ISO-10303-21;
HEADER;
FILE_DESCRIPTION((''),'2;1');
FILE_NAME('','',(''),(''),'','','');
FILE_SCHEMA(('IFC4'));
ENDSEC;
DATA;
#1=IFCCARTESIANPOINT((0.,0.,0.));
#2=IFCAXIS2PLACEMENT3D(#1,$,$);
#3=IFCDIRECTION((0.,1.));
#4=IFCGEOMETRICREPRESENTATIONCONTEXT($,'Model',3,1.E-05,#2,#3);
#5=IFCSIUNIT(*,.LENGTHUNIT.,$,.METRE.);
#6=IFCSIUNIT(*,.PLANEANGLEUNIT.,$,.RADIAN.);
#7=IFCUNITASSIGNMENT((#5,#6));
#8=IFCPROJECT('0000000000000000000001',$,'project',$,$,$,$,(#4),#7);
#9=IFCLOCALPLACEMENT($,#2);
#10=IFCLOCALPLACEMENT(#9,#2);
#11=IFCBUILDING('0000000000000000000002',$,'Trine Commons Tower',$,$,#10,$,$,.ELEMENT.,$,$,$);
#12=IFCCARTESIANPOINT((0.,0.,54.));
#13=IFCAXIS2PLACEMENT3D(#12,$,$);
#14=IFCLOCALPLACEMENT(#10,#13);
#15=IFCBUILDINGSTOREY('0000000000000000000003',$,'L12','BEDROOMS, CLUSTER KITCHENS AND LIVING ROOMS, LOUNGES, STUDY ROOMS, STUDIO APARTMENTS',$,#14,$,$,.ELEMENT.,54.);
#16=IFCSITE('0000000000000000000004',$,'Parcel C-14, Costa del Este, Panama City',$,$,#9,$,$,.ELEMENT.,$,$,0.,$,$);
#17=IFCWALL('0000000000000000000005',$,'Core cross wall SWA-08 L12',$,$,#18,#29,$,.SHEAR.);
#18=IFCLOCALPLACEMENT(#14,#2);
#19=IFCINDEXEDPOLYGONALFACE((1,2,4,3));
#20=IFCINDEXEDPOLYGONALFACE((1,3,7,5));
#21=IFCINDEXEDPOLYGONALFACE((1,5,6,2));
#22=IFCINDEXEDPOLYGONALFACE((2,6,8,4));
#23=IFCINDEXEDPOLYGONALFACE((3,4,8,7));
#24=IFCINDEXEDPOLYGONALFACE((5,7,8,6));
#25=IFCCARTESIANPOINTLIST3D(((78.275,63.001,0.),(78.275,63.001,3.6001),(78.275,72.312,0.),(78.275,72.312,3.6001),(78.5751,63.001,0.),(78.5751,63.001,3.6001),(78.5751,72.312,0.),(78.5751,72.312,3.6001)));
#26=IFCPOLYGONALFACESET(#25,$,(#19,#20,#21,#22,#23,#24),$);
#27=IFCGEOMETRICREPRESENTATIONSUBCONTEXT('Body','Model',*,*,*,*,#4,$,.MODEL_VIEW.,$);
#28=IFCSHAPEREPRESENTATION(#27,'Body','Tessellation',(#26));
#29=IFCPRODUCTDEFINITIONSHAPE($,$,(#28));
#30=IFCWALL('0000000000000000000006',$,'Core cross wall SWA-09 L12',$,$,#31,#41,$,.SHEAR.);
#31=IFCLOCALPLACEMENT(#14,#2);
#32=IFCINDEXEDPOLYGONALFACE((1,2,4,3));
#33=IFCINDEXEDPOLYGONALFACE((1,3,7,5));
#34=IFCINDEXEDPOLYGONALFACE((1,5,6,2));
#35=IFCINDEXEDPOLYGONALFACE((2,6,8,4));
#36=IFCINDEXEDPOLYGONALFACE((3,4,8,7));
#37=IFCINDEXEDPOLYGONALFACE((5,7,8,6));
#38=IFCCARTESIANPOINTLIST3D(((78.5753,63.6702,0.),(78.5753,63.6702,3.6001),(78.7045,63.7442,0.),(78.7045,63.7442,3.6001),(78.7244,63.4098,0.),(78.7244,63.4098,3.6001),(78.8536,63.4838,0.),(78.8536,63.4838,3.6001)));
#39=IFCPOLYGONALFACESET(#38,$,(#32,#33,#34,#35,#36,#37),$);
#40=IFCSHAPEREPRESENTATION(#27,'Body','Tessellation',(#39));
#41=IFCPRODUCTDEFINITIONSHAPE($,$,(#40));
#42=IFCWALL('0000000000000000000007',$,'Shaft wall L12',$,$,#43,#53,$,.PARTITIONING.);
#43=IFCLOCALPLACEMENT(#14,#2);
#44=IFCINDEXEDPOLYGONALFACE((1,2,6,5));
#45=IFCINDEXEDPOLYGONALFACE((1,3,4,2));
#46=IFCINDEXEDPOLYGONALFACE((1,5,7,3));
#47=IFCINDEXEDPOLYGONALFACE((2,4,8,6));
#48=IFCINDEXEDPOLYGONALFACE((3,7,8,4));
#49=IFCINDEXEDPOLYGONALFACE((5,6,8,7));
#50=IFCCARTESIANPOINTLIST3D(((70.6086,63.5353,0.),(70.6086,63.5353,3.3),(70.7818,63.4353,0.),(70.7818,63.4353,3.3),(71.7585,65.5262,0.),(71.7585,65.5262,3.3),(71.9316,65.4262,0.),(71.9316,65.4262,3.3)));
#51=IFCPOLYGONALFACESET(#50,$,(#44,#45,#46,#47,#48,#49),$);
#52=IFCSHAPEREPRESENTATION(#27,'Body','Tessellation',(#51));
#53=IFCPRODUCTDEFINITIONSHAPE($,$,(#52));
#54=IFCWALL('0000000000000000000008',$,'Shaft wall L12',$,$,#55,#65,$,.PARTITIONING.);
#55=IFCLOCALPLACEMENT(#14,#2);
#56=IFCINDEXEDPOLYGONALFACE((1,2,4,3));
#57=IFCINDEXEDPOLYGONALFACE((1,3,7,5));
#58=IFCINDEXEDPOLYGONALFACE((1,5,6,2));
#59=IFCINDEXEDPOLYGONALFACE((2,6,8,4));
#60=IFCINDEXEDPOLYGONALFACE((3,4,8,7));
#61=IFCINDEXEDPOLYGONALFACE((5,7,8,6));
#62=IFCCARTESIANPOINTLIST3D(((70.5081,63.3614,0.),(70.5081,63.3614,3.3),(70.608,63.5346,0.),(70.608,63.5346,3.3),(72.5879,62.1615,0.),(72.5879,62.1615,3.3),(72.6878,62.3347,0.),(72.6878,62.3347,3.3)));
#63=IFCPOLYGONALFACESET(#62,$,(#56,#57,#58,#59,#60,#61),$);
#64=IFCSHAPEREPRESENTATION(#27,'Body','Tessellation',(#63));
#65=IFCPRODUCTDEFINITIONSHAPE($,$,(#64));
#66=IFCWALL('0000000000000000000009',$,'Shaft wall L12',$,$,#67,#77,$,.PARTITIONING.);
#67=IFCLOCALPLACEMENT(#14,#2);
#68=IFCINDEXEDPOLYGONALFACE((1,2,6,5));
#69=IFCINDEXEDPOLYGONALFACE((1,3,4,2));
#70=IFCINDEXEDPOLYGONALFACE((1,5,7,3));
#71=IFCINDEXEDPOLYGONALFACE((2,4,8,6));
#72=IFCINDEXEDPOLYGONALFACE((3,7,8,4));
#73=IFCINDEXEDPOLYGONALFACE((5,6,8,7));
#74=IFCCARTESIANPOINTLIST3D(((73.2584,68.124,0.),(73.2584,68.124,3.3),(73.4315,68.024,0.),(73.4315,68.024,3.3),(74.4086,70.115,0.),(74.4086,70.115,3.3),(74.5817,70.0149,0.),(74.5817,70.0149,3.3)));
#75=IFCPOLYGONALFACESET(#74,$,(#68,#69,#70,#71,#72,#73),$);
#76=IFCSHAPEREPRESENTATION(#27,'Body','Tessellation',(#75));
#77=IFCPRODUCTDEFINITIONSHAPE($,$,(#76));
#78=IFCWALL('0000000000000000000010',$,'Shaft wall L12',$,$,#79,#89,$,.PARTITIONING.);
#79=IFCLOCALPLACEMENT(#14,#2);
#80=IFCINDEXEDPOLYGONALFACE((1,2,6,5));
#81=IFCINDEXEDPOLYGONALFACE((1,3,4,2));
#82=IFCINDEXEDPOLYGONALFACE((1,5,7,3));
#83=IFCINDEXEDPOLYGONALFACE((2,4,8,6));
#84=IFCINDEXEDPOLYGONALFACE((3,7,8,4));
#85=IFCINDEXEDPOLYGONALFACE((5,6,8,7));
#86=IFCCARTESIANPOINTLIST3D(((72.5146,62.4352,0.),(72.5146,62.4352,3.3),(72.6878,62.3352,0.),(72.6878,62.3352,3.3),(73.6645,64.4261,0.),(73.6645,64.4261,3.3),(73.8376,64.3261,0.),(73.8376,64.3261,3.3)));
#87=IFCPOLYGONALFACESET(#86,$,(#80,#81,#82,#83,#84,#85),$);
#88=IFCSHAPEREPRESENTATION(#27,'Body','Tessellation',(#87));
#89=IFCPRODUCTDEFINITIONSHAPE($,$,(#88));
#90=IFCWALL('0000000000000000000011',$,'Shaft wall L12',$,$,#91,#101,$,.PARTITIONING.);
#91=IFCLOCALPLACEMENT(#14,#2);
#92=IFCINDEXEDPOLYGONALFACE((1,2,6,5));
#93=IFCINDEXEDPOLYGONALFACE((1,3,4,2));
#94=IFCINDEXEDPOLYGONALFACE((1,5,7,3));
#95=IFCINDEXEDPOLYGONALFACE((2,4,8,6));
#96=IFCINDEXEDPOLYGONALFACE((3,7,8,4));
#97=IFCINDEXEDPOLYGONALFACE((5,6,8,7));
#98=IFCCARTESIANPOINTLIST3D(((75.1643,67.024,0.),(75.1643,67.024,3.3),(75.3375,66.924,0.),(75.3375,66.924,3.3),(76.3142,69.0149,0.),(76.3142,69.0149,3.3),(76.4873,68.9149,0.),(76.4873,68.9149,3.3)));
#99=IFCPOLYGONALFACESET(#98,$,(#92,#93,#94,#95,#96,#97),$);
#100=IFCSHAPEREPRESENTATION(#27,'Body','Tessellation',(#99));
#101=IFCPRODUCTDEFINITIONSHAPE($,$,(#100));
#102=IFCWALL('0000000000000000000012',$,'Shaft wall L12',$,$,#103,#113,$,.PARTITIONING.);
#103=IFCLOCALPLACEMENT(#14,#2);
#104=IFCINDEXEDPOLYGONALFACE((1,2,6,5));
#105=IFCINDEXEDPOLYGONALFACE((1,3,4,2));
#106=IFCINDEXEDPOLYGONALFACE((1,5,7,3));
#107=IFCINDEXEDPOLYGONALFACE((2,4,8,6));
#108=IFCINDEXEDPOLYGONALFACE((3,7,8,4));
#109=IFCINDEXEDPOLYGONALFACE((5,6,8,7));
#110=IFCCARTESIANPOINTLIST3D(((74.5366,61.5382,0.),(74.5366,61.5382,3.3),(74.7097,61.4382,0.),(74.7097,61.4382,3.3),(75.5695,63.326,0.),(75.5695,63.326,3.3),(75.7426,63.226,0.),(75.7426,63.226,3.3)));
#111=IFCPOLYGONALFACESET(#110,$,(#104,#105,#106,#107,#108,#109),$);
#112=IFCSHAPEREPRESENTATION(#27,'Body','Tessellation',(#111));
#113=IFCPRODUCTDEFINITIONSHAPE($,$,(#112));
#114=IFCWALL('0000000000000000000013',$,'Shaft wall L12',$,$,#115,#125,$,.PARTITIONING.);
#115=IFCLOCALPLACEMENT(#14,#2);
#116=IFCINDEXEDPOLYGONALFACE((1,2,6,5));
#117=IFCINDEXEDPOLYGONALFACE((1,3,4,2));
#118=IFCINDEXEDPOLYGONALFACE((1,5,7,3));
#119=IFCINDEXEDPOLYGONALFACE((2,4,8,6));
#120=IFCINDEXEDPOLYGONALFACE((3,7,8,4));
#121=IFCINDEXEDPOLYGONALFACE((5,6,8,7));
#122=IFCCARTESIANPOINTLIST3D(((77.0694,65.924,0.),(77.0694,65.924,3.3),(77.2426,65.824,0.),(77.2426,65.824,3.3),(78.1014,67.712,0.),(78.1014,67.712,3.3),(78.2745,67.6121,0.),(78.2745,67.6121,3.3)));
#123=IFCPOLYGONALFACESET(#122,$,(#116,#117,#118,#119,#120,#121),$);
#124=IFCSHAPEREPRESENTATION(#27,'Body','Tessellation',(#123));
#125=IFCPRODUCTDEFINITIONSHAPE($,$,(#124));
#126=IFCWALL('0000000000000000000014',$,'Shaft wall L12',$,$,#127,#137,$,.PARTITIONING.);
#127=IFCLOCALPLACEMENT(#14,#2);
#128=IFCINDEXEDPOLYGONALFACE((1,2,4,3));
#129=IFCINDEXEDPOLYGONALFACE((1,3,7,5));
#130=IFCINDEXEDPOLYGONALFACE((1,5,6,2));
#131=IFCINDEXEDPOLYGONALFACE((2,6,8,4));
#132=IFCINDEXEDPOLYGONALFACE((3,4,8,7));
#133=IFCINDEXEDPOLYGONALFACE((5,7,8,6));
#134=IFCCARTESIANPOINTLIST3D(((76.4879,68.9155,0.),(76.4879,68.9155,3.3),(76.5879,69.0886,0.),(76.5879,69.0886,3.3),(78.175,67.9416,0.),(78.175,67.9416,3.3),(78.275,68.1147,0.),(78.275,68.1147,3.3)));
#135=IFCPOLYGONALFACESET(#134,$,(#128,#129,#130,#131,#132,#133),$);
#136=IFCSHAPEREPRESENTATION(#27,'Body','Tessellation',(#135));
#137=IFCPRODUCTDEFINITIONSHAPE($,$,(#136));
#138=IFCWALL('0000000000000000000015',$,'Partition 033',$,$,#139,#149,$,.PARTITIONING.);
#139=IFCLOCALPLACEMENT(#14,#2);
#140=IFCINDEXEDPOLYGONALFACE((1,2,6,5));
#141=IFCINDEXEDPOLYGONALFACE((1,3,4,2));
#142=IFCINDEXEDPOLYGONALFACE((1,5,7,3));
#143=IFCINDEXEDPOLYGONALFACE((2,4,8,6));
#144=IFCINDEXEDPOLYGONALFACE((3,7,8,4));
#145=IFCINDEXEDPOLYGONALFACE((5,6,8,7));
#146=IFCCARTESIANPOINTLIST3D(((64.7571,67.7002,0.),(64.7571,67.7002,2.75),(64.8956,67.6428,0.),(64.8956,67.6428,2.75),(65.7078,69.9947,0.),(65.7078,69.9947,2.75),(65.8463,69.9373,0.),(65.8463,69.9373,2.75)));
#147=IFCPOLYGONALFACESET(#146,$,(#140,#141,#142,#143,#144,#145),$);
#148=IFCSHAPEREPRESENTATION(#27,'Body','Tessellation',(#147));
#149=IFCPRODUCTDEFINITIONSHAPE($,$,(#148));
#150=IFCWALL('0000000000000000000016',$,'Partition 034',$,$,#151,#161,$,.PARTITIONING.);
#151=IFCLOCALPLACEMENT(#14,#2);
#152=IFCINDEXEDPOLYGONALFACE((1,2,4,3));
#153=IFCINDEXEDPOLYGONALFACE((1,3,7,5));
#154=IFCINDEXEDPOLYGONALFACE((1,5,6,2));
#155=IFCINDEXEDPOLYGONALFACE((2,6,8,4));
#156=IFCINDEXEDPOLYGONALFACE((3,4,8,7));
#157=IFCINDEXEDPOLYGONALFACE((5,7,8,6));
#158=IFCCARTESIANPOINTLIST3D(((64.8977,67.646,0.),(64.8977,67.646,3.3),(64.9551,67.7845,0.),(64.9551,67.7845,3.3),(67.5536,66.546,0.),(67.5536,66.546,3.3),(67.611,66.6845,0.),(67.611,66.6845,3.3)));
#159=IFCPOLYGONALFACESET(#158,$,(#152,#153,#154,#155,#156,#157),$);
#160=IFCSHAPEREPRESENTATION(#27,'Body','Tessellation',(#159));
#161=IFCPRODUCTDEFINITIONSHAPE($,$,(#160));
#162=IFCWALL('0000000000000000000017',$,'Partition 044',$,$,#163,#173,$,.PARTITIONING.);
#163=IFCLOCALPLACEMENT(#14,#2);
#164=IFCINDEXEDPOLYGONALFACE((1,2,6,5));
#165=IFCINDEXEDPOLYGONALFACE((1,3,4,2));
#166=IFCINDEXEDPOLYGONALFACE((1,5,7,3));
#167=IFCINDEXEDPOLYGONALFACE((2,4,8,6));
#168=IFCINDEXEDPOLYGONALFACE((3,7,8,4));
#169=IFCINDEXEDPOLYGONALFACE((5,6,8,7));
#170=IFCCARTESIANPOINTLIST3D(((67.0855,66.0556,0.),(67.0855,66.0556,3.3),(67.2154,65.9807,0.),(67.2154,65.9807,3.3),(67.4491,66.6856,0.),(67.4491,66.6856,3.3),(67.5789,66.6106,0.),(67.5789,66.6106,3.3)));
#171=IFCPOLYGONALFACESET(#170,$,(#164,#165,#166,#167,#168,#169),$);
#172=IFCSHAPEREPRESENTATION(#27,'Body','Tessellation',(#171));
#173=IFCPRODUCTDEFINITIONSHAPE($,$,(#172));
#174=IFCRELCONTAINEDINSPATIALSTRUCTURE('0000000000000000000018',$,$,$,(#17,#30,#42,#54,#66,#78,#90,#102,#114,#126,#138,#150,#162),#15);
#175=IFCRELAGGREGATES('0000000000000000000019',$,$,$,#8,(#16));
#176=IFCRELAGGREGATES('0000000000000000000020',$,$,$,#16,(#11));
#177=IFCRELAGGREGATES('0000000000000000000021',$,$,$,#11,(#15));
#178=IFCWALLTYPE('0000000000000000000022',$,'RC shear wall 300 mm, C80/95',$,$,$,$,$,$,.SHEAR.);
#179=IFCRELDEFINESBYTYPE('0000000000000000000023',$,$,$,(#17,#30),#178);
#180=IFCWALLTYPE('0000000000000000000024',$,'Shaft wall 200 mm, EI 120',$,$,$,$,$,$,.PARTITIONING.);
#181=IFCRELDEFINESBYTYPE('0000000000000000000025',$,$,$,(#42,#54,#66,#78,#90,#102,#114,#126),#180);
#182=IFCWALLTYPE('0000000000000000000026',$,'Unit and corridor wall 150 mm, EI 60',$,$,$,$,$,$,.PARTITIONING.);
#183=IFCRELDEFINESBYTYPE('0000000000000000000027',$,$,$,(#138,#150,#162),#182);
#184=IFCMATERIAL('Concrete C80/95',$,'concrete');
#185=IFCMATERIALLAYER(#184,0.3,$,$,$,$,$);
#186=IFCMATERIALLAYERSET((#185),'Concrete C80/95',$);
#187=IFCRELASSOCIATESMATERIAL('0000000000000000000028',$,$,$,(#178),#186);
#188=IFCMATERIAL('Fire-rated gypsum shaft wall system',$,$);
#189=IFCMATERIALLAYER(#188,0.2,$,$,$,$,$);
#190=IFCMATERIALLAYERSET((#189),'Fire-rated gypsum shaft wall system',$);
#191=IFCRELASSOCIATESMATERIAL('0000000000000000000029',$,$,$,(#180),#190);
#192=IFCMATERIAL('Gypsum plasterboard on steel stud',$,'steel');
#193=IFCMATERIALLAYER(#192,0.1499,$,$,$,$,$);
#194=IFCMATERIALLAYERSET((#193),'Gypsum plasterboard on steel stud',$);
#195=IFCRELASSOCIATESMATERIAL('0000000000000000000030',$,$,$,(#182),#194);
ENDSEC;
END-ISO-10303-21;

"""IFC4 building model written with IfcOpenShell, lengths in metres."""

from ifc_helpers import new_model, si_unit, direction, frame, frame_2d, origin, place, context, subcontext, project, spatial, rectangle, extrude, material, layer, layer_set, type_object, element, save


model = new_model("IFC4")

# Units and contexts
model_context = context("Model", 3, precision=1e-05, world=origin(), true_north=direction((0.0, 1.0)))
body_context = subcontext(model_context, "Body", "Model", "MODEL_VIEW")
ifc_project = project(units=[si_unit("LENGTHUNIT", "METRE"), si_unit("PLANEANGLEUNIT", "RADIAN")], contexts=[model_context])

# Site, building, storey
site_placement = place(None, origin())
site = spatial("IfcSite", under=ifc_project, at=site_placement, Name="Parcel C-14, Costa del Este, Panama City", CompositionType="ELEMENT", RefElevation=0.0)
building_placement = place(site_placement, origin())
building = spatial("IfcBuilding", under=site, at=building_placement, Name="Trine Commons Tower", CompositionType="ELEMENT")
storey_placement = place(building_placement, frame((0.0, 0.0, 54.0)))
storey = spatial("IfcBuildingStorey", under=building, at=storey_placement, Name="L12", Description="BEDROOMS, CLUSTER KITCHENS AND LIVING ROOMS, LOUNGES, STUDY ROOMS, STUDIO APARTMENTS", CompositionType="ELEMENT", Elevation=54.0)

# Shared definitions
ifc_material_1 = material(Name="Fire-rated gypsum shaft wall system")
ifc_material_2 = material(Name="Concrete C80/95", Category="concrete")
ifc_layer_1 = layer(ifc_material_2, 0.3)
ifc_layer_set_1 = layer_set([ifc_layer_1], Name="Concrete C80/95")
wall_type_1 = type_object("IfcWallType", Name="RC shear wall 300 mm, C80/95", PredefinedType="SHEAR", material=ifc_layer_set_1)

# Walls
wall_1_placement = place(storey_placement, frame((78.425, 63.001, 0.0), z_axis=(0.0, 0.0, 1.0), x_axis=(0.0, 1.0, 0.0)))
element("IfcWall", 1, at=wall_1_placement, inside=storey, type_object=wall_type_1, Name="Core cross wall SWA-08 L12", PredefinedType="SHEAR", context=body_context, shape_type="SweptSolid", body=[
    extrude(rectangle(XDim=9.311, YDim=0.3, at=frame_2d((4.6555, 0.0))), origin(), (0.0, 0.0, 1.0), 3.6001),
])
wall_2_placement = place(storey_placement, frame((78.7791, 63.614, 0.0), z_axis=(0.0, 0.0, 1.0), x_axis=(-0.867738, -0.497022, 0.0)))
element("IfcWall", 2, at=wall_2_placement, inside=storey, type_object=wall_type_1, Name="Core cross wall SWA-09 L12", PredefinedType="SHEAR", context=body_context, shape_type="SweptSolid", body=[
    extrude(rectangle(XDim=0.1489, YDim=0.3, at=frame_2d((0.0745, 0.0))), origin(), (0.0, 0.0, 1.0), 3.6001),
])
ifc_layer_2 = layer(ifc_material_1, 0.2)
ifc_layer_set_2 = layer_set([ifc_layer_2], Name="Fire-rated gypsum shaft wall system")
wall_type_2 = type_object("IfcWallType", Name="Shaft wall 200 mm, EI 120", PredefinedType="PARTITIONING", material=ifc_layer_set_2)
wall_3_placement = place(storey_placement, frame((71.845, 65.4761, 0.0), z_axis=(0.0, 0.0, 1.0), x_axis=(-0.500136, -0.865947, 0.0)))
element("IfcWall", 3, at=wall_3_placement, inside=storey, type_object=wall_type_2, Name="Shaft wall L12", PredefinedType="PARTITIONING", context=body_context, shape_type="SweptSolid", body=[
    extrude(rectangle(XDim=2.2991, YDim=0.2, at=frame_2d((1.1494, 0.0))), origin(), (0.0, 0.0, 1.0), 3.3),
])
wall_4_placement = place(storey_placement, frame((72.6379, 62.248, 0.0), z_axis=(0.0, 0.0, 1.0), x_axis=(-0.866177, 0.499737, 0.0)))
element("IfcWall", 4, at=wall_4_placement, inside=storey, type_object=wall_type_2, Name="Shaft wall L12", PredefinedType="PARTITIONING", context=body_context, shape_type="SweptSolid", body=[
    extrude(rectangle(XDim=2.4011, YDim=0.2, at=frame_2d((1.2007, 0.0))), origin(), (0.0, 0.0, 1.0), 3.3),
])
wall_5_placement = place(storey_placement, frame((73.345, 68.074, 0.0), z_axis=(0.0, 0.0, 1.0), x_axis=(0.500216, 0.865901, 0.0)))
element("IfcWall", 5, at=wall_5_placement, inside=storey, type_object=wall_type_2, Name="Shaft wall L12", PredefinedType="PARTITIONING", context=body_context, shape_type="SweptSolid", body=[
    extrude(rectangle(XDim=2.2993, YDim=0.2, at=frame_2d((1.1497, 0.0))), origin(), (0.0, 0.0, 1.0), 3.3),
])
for number, where, z_axis, x_axis, name in (
    (6, (73.751, 64.376, 0.0), (0.0, 0.0, 1.0), (-0.500136, -0.865947, 0.0), "Shaft wall L12"),
    (7, (75.251, 66.9741, 0.0), (0.0, 0.0, 1.0), (0.500136, 0.865947, 0.0), "Shaft wall L12"),
):
    element("IfcWall", number, at=place(storey_placement, frame(where, z_axis=z_axis, x_axis=x_axis)), inside=storey, type_object=wall_type_2, Name=name, PredefinedType="PARTITIONING", context=body_context, shape_type="SweptSolid", body=[
        extrude(rectangle(XDim=2.2991, YDim=0.2, at=frame_2d((1.1494, 0.0))), origin(), (0.0, 0.0, 1.0), 3.3),
    ])
wall_6_placement = place(storey_placement, frame((75.656, 63.2759, 0.0), z_axis=(0.0, 0.0, 1.0), x_axis=(-0.500272, -0.865868, 0.0)))
element("IfcWall", 8, at=wall_6_placement, inside=storey, type_object=wall_type_2, Name="Shaft wall L12", PredefinedType="PARTITIONING", context=body_context, shape_type="SweptSolid", body=[
    extrude(rectangle(XDim=2.0647, YDim=0.2, at=frame_2d((1.0322, 0.0))), origin(), (0.0, 0.0, 1.0), 3.3),
])
wall_7_placement = place(storey_placement, frame((77.156, 65.874, 0.0), z_axis=(0.0, 0.0, 1.0), x_axis=(0.499866, 0.866103, 0.0)))
element("IfcWall", 9, at=wall_7_placement, inside=storey, type_object=wall_type_2, Name="Shaft wall L12", PredefinedType="PARTITIONING", context=body_context, shape_type="SweptSolid", body=[
    extrude(rectangle(XDim=2.0645, YDim=0.2, at=frame_2d((1.0322, 0.0))), origin(), (0.0, 0.0, 1.0), 3.3),
])
wall_8_placement = place(storey_placement, frame((78.2251, 68.0281, 0.0), z_axis=(0.0, 0.0, 1.0), x_axis=(-0.866052, 0.499954, 0.0)))
element("IfcWall", 10, at=wall_8_placement, inside=storey, type_object=wall_type_2, Name="Shaft wall L12", PredefinedType="PARTITIONING", context=body_context, shape_type="SweptSolid", body=[
    extrude(rectangle(XDim=1.948, YDim=0.2, at=frame_2d((0.9741, 0.0))), origin(), (0.0, 0.0, 1.0), 3.3),
])
ifc_material_3 = material(Name="Gypsum plasterboard on steel stud", Category="steel")
ifc_layer_3 = layer(ifc_material_3, 0.1499)
ifc_layer_set_3 = layer_set([ifc_layer_3], Name="Gypsum plasterboard on steel stud")
wall_type_3 = type_object("IfcWallType", Name="Unit and corridor wall 150 mm, EI 60", PredefinedType="PARTITIONING", material=ifc_layer_set_3)
wall_9_placement = place(storey_placement, frame((64.8264, 67.6716, 0.0), z_axis=(0.0, 0.0, 1.0), x_axis=(0.382786, 0.923837, 0.0)))
element("IfcWall", 11, at=wall_9_placement, inside=storey, type_object=wall_type_3, Name="Partition 033", PredefinedType="PARTITIONING", context=body_context, shape_type="SweptSolid", body=[
    extrude(rectangle(XDim=2.4836, YDim=0.1499, at=frame_2d((1.2417, 0.0))), origin(), (0.0, 0.0, 1.0), 2.75),
])
wall_10_placement = place(storey_placement, frame((64.9263, 67.7153, 0.0), z_axis=(0.0, 0.0, 1.0), x_axis=(0.923886, -0.382667, 0.0)))
element("IfcWall", 12, at=wall_10_placement, inside=storey, type_object=wall_type_3, Name="Partition 034", PredefinedType="PARTITIONING", context=body_context, shape_type="SweptSolid", body=[
    extrude(rectangle(XDim=2.8748, YDim=0.1499, at=frame_2d((1.4375, 0.0))), origin(), (0.0, 0.0, 1.0), 3.3),
])
wall_11_placement = place(storey_placement, frame((67.1504, 66.0181, 0.0), z_axis=(0.0, 0.0, 1.0), x_axis=(0.499858, 0.866107, 0.0)))
element("IfcWall", 13, at=wall_11_placement, inside=storey, type_object=wall_type_3, Name="Partition 044", PredefinedType="PARTITIONING", context=body_context, shape_type="SweptSolid", body=[
    extrude(rectangle(XDim=0.7273, YDim=0.1499, at=frame_2d((0.3638, 0.0))), origin(), (0.0, 0.0, 1.0), 3.3),
])

save(model, "model.ifc")
